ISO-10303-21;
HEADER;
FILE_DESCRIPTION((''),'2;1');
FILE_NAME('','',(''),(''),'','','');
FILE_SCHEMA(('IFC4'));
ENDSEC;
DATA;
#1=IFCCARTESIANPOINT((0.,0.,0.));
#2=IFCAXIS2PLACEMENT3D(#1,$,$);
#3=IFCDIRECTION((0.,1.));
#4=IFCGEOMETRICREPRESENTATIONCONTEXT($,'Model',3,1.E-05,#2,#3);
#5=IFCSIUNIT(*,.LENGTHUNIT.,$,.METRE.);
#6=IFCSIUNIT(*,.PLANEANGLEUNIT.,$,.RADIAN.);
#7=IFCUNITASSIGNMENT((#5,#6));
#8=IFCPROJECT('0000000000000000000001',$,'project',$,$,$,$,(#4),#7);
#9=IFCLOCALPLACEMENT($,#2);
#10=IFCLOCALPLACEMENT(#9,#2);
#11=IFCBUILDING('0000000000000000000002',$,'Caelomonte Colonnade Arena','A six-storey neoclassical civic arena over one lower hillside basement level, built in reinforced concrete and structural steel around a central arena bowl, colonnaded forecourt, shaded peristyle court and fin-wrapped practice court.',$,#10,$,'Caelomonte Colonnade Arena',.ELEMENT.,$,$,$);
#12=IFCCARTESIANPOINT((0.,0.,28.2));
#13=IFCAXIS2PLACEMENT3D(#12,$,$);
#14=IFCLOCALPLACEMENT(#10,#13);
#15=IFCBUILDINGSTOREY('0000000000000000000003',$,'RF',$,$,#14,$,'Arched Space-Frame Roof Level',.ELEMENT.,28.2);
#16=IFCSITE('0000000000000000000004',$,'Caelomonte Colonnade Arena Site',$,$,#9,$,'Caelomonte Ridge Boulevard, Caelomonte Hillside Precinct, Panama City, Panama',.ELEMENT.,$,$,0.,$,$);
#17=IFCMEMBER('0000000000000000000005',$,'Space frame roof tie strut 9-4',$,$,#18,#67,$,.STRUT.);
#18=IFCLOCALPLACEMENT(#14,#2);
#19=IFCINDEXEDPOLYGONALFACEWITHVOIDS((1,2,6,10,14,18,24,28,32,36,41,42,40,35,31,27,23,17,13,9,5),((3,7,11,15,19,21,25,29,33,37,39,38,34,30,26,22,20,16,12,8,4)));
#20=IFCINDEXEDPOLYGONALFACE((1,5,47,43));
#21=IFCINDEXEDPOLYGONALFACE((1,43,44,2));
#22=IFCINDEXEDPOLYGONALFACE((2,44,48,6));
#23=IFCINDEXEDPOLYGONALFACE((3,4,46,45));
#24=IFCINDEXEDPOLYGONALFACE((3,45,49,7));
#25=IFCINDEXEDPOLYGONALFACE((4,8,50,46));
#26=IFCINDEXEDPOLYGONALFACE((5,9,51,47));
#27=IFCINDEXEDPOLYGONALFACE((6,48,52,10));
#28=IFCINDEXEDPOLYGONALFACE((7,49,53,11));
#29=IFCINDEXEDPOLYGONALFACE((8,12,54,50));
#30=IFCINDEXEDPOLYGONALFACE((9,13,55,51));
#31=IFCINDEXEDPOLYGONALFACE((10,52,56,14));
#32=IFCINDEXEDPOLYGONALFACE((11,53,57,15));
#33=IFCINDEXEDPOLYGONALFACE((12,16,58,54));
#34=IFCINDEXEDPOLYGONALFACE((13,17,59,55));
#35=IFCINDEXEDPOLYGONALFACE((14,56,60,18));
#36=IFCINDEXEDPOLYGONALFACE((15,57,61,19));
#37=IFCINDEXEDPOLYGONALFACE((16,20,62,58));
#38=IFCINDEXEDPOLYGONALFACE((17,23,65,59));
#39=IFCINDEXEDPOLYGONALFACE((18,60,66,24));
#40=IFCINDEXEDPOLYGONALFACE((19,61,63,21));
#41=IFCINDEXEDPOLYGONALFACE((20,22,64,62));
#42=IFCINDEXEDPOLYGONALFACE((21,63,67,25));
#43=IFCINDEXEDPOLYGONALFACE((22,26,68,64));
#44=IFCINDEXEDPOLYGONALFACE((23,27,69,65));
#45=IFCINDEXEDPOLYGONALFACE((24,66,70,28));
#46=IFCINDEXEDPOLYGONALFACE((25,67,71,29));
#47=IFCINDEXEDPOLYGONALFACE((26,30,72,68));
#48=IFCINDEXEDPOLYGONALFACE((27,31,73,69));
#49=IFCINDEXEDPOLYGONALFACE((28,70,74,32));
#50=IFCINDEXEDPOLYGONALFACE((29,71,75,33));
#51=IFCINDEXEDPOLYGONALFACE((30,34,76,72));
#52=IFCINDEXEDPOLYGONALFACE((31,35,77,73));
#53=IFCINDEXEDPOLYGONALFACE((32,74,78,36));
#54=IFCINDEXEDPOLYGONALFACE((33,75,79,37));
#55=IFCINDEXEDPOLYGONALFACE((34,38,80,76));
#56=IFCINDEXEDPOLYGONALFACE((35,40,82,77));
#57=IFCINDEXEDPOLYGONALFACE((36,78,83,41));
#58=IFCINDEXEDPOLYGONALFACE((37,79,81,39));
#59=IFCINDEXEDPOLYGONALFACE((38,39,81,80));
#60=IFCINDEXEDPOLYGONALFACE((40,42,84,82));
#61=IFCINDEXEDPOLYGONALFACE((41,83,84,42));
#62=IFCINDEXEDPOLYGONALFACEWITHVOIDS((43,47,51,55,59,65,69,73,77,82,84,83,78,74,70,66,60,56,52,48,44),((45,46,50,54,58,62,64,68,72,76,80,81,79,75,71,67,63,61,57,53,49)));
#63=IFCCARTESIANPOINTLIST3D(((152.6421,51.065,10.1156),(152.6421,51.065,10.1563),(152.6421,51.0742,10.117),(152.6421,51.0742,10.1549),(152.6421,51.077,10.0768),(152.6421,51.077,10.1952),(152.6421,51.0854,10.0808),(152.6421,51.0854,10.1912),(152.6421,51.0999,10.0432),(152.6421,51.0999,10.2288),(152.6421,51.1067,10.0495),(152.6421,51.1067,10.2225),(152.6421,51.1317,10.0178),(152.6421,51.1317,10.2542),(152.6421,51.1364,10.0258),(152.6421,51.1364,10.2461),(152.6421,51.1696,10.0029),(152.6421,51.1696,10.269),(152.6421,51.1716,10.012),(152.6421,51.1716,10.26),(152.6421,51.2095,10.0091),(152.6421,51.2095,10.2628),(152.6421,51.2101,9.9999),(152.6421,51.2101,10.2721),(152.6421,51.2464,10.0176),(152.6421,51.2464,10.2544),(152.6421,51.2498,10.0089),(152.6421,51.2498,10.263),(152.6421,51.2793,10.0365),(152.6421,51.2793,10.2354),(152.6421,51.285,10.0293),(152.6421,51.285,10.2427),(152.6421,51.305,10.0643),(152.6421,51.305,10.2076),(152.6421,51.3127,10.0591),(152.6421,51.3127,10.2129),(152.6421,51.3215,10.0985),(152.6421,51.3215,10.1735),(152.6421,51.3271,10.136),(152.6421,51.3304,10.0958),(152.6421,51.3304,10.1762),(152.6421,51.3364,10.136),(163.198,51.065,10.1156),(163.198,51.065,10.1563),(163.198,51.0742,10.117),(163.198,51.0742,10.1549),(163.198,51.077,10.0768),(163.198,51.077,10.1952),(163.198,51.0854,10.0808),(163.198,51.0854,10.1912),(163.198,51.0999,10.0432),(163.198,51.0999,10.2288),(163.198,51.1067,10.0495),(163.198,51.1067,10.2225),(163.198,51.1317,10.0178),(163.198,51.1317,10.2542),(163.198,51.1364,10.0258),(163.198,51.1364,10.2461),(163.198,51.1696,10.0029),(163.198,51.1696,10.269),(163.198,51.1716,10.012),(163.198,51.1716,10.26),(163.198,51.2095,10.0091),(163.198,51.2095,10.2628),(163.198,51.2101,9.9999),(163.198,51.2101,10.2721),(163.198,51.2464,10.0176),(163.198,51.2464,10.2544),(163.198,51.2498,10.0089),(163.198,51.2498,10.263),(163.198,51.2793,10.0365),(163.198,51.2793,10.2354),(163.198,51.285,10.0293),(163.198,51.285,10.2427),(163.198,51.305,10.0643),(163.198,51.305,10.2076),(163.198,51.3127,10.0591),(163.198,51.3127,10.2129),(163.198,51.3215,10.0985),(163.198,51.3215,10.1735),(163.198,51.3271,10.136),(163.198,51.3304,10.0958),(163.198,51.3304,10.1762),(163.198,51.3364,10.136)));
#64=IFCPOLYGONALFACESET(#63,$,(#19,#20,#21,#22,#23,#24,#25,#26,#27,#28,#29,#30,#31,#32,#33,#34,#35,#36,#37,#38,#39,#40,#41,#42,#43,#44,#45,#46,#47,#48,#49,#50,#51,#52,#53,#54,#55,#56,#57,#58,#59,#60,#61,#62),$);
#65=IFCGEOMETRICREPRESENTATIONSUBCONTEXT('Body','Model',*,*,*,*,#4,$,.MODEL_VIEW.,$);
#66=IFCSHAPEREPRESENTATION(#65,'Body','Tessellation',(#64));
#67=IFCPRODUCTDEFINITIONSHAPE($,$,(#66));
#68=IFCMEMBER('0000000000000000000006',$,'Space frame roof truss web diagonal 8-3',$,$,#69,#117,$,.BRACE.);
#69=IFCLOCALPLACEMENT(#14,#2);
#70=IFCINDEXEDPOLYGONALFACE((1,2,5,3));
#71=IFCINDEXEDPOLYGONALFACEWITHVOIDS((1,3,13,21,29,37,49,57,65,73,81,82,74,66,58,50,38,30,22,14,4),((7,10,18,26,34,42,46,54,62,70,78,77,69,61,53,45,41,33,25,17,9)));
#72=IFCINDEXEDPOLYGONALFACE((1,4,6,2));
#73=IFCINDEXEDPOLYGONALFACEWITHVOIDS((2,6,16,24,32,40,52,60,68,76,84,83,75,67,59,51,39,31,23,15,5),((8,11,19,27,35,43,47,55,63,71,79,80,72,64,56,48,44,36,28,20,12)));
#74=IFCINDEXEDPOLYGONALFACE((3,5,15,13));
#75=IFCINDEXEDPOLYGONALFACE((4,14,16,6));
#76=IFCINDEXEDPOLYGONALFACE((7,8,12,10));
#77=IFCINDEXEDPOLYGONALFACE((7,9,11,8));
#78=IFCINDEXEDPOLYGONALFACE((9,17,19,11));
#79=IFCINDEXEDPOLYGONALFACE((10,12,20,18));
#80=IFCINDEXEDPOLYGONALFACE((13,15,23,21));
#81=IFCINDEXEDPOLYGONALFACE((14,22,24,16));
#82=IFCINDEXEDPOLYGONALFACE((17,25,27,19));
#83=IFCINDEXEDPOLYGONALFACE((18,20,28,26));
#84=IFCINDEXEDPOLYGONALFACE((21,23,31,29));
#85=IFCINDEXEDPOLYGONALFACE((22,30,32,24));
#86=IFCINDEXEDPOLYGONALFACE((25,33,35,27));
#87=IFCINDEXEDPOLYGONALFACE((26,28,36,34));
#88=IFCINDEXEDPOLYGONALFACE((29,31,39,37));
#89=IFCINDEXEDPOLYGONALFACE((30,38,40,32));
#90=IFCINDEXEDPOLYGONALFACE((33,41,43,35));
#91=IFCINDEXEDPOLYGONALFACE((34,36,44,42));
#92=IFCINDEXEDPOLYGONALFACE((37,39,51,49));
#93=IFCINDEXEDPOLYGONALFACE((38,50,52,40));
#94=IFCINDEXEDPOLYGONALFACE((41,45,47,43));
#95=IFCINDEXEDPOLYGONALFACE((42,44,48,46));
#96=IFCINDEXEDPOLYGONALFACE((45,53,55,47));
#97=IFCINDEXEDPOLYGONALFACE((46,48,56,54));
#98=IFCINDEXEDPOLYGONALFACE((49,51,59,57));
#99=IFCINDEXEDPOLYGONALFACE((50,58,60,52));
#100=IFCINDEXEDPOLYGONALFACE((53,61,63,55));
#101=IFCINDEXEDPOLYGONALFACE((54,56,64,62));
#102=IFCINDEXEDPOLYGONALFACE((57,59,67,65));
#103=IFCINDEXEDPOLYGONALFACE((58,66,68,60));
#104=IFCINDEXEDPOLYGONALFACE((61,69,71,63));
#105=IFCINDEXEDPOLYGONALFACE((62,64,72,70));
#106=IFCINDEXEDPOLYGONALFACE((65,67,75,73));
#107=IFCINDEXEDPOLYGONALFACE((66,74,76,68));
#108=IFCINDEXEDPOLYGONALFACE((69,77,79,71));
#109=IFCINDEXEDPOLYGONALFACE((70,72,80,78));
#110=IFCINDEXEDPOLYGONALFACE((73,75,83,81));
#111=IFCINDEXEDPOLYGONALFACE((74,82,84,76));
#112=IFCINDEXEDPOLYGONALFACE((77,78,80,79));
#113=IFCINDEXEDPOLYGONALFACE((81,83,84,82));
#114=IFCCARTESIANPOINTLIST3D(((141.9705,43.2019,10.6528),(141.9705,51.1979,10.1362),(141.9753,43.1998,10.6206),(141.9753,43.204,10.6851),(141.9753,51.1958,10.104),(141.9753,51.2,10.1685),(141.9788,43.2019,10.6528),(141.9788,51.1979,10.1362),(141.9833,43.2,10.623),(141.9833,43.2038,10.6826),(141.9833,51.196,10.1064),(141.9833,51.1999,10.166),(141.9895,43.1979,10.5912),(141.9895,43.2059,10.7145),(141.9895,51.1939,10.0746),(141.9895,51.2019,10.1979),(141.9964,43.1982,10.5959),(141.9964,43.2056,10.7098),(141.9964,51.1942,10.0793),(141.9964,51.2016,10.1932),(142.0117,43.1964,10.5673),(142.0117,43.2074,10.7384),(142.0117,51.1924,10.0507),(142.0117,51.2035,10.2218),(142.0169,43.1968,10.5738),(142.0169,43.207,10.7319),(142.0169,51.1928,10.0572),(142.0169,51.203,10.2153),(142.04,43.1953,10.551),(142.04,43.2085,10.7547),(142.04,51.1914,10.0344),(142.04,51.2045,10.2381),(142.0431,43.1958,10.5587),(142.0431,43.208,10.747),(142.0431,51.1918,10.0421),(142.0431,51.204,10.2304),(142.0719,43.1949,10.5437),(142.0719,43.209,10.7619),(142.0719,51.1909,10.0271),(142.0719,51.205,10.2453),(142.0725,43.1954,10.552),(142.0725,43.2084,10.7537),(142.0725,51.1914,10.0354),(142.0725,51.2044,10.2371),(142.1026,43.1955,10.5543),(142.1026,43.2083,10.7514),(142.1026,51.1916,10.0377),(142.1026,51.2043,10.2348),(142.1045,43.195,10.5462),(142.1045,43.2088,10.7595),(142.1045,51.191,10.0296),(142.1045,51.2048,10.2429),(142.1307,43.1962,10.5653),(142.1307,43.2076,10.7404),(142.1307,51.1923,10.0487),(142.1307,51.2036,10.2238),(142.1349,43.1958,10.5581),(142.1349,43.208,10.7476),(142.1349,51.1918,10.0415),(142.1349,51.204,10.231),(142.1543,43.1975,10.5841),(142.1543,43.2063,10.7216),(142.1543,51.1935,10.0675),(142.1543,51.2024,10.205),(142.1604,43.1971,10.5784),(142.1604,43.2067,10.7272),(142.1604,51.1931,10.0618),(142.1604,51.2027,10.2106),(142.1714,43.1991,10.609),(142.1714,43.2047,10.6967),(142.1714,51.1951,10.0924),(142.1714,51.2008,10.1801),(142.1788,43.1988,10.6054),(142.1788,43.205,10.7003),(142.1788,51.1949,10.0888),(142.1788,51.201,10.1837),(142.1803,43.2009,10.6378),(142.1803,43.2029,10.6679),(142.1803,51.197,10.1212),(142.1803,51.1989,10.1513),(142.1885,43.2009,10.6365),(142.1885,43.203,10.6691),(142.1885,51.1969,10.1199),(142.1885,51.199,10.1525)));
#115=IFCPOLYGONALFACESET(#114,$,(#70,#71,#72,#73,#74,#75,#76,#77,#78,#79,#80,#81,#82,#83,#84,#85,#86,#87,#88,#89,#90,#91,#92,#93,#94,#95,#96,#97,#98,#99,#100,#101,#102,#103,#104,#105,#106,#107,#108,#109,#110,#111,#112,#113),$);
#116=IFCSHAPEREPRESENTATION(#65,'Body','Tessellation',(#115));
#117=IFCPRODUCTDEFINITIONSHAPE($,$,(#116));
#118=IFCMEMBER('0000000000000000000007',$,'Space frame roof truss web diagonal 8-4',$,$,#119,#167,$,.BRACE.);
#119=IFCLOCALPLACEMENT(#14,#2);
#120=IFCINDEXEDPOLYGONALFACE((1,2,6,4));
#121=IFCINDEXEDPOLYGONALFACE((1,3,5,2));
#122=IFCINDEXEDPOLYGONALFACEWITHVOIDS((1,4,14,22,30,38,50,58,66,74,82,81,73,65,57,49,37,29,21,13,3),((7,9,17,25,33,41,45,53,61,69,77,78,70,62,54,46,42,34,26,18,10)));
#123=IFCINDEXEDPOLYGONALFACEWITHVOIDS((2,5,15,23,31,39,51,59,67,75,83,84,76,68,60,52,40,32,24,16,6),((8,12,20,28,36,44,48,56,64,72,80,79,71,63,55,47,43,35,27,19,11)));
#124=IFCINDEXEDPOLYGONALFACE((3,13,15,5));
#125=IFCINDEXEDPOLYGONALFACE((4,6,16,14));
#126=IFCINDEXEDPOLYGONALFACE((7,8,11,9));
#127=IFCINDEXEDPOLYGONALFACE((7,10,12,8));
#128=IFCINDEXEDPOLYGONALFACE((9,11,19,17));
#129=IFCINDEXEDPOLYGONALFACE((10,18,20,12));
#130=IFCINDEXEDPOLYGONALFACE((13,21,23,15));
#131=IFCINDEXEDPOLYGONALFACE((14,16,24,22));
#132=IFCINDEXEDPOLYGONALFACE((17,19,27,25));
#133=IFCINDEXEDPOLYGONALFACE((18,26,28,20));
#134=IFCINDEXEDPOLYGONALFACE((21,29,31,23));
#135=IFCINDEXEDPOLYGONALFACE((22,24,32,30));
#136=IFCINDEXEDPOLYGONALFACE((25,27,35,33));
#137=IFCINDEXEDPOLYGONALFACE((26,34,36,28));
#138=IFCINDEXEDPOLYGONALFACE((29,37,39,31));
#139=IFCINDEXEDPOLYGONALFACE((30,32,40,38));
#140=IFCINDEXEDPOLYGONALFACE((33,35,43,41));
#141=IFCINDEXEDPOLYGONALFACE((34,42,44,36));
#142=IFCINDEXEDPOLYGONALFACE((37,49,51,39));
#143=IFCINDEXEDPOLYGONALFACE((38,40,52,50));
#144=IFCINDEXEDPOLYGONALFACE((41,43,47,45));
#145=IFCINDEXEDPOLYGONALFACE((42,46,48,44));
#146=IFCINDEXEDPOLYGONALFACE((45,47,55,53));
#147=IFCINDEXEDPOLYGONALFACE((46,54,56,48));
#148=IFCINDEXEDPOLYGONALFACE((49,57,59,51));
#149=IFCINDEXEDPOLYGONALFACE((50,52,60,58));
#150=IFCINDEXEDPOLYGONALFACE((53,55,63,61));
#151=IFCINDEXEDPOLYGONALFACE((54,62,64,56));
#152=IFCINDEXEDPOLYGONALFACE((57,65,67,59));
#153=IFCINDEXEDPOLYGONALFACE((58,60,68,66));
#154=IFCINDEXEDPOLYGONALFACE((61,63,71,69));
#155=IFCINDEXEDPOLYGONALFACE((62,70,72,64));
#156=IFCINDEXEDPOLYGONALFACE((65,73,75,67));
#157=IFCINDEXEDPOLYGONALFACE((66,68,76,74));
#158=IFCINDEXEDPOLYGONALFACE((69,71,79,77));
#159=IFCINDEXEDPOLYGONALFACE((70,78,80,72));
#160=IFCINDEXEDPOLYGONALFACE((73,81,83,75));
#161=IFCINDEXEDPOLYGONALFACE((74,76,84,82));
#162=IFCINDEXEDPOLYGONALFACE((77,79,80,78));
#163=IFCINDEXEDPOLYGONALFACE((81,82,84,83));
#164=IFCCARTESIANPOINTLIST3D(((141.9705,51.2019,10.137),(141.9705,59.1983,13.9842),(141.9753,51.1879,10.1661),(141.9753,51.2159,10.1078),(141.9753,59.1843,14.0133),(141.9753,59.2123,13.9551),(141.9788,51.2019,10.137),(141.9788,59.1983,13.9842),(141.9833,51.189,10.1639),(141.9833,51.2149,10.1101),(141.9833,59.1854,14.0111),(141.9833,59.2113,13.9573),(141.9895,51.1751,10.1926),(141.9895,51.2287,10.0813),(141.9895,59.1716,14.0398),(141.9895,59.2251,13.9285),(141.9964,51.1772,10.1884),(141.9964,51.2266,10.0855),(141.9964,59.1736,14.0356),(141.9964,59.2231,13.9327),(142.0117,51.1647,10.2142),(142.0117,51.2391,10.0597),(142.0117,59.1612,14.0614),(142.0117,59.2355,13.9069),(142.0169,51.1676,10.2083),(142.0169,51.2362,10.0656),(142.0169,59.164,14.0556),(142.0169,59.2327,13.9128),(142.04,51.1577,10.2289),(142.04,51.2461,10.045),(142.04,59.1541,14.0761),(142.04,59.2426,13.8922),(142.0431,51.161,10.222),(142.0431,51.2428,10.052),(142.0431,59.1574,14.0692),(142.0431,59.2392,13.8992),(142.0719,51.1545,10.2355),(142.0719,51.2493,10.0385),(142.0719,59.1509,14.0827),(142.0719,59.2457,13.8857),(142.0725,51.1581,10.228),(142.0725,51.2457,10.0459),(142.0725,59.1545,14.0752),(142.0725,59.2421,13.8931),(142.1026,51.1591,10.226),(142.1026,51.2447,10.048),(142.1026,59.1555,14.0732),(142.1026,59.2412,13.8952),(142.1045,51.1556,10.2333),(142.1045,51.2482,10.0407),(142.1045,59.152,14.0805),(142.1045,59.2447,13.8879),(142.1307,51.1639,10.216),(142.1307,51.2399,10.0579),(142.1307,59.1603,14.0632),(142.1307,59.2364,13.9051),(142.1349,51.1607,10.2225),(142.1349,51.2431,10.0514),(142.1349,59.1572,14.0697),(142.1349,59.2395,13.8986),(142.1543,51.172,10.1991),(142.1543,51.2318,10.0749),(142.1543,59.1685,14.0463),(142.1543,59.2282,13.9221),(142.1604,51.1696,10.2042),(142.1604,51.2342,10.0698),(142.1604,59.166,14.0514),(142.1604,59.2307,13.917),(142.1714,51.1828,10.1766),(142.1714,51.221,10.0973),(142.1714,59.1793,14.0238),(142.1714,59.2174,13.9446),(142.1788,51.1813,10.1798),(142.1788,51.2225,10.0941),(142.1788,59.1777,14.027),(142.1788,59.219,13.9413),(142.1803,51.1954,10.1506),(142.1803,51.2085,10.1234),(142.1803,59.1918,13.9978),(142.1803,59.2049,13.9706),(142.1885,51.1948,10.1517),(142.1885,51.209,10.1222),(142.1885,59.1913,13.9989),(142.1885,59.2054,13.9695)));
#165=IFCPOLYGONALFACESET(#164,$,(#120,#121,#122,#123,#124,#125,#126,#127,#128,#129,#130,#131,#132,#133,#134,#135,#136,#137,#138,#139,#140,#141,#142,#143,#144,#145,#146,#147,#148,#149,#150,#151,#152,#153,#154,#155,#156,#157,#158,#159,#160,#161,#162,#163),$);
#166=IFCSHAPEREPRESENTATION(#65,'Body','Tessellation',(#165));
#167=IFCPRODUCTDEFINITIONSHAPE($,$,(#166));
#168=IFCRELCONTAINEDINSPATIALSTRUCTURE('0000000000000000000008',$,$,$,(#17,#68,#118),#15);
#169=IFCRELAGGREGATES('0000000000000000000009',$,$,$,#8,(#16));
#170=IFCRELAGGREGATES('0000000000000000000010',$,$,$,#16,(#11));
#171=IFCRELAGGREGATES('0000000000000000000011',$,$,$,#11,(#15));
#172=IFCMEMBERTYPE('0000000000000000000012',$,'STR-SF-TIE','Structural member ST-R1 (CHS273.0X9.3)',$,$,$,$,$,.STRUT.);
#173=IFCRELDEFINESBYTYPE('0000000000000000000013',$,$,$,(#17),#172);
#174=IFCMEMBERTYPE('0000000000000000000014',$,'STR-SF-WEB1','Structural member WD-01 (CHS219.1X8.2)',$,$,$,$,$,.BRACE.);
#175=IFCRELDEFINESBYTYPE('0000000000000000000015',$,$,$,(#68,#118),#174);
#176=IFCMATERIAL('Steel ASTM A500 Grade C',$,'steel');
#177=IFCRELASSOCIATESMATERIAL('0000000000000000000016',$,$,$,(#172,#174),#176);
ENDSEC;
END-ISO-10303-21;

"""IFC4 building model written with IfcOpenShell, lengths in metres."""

from ifc_helpers import new_model, si_unit, direction, frame, origin, origin_2d, place, context, subcontext, project, spatial, hollow_circle, extrude, material, material_profile, profile_set, type_object, element, save


model = new_model("IFC4")

# Units and contexts
model_context = context("Model", 3, precision=1e-05, world=origin(), true_north=direction((0.0, 1.0)))
body_context = subcontext(model_context, "Body", "Model", "MODEL_VIEW")
ifc_project = project(units=[si_unit("LENGTHUNIT", "METRE"), si_unit("PLANEANGLEUNIT", "RADIAN")], contexts=[model_context])

# Site, building, storey
site_placement = place(None, origin())
site = spatial("IfcSite", under=ifc_project, at=site_placement, Name="Caelomonte Colonnade Arena Site", LongName="Caelomonte Ridge Boulevard, Caelomonte Hillside Precinct, Panama City, Panama", CompositionType="ELEMENT", RefElevation=0.0)
building_placement = place(site_placement, origin())
building = spatial("IfcBuilding", under=site, at=building_placement, Name="Caelomonte Colonnade Arena", Description="A six-storey neoclassical civic arena over one lower hillside basement level, built in reinforced concrete and structural steel around a central arena bowl, colonnaded forecourt, shaded peristyle court and fin-wrapped practice court.", LongName="Caelomonte Colonnade Arena", CompositionType="ELEMENT")
storey_placement = place(building_placement, frame((0.0, 0.0, 28.2)))
storey = spatial("IfcBuildingStorey", under=building, at=storey_placement, Name="RF", LongName="Arched Space-Frame Roof Level", CompositionType="ELEMENT", Elevation=28.2)

# Members
ifc_material_1 = material(Name="Steel ASTM A500 Grade C", Category="steel")
ifc_material_profile_1 = material_profile(ifc_material_1, hollow_circle(Radius=0.1365, WallThickness=0.0093, at=origin_2d()), Name="CHS273.0X9.3")
ifc_profile_set_1 = profile_set([ifc_material_profile_1], Name="Steel ASTM A500 Grade C")
member_type_1 = type_object("IfcMemberType", Name="STR-SF-TIE", Description="Structural member ST-R1 (CHS273.0X9.3)", PredefinedType="STRUT", material=ifc_profile_set_1)
for number, where, z_axis, x_axis, name in (
    (1, (152.6421, 51.2, 10.136), (1.0, 0.0, 0.0), (0.0, 1.0, 0.0), "Space frame roof tie strut 9-4"),
):
    element("IfcMember", number, at=place(storey_placement, frame(where, z_axis=z_axis, x_axis=x_axis)), inside=storey, type_object=member_type_1, Name=name, PredefinedType="STRUT", context=body_context, shape_type="SweptSolid", body=[
        extrude(hollow_circle(Radius=0.1365, WallThickness=0.0093, at=origin_2d()), origin(), (0.0, 0.0, 1.0), 10.5559),
    ])
ifc_material_profile_2 = material_profile(ifc_material_1, hollow_circle(Radius=0.1096, WallThickness=0.0083, at=origin_2d()), Name="CHS219.1X8.2")
ifc_profile_set_2 = profile_set([ifc_material_profile_2], Name="Steel ASTM A500 Grade C")
member_type_2 = type_object("IfcMemberType", Name="STR-SF-WEB1", Description="Structural member WD-01 (CHS219.1X8.2)", PredefinedType="BRACE", material=ifc_profile_set_2)
member_1_placement = place(storey_placement, frame((142.0801, 43.2019, 10.6528), z_axis=(0.0, 0.997919, -0.064472), x_axis=(-1.0, 0.0, 0.0)))
element("IfcMember", 2, at=member_1_placement, inside=storey, type_object=member_type_2, Name="Space frame roof truss web diagonal 8-3", PredefinedType="BRACE", context=body_context, shape_type="SweptSolid", body=[
    extrude(hollow_circle(Radius=0.1096, WallThickness=0.0083, at=origin_2d()), origin(), (0.0, 0.0, 1.0), 8.0127),
])
member_2_placement = place(storey_placement, frame((142.0801, 51.2019, 10.137), z_axis=(0.0, 0.90113, 0.433548), x_axis=(-1.0, 0.0, 0.0)))
element("IfcMember", 3, at=member_2_placement, inside=storey, type_object=member_type_2, Name="Space frame roof truss web diagonal 8-4", PredefinedType="BRACE", context=body_context, shape_type="SweptSolid", body=[
    extrude(hollow_circle(Radius=0.1096, WallThickness=0.0083, at=origin_2d()), origin(), (0.0, 0.0, 1.0), 8.8738),
])

save(model, "model.ifc")
